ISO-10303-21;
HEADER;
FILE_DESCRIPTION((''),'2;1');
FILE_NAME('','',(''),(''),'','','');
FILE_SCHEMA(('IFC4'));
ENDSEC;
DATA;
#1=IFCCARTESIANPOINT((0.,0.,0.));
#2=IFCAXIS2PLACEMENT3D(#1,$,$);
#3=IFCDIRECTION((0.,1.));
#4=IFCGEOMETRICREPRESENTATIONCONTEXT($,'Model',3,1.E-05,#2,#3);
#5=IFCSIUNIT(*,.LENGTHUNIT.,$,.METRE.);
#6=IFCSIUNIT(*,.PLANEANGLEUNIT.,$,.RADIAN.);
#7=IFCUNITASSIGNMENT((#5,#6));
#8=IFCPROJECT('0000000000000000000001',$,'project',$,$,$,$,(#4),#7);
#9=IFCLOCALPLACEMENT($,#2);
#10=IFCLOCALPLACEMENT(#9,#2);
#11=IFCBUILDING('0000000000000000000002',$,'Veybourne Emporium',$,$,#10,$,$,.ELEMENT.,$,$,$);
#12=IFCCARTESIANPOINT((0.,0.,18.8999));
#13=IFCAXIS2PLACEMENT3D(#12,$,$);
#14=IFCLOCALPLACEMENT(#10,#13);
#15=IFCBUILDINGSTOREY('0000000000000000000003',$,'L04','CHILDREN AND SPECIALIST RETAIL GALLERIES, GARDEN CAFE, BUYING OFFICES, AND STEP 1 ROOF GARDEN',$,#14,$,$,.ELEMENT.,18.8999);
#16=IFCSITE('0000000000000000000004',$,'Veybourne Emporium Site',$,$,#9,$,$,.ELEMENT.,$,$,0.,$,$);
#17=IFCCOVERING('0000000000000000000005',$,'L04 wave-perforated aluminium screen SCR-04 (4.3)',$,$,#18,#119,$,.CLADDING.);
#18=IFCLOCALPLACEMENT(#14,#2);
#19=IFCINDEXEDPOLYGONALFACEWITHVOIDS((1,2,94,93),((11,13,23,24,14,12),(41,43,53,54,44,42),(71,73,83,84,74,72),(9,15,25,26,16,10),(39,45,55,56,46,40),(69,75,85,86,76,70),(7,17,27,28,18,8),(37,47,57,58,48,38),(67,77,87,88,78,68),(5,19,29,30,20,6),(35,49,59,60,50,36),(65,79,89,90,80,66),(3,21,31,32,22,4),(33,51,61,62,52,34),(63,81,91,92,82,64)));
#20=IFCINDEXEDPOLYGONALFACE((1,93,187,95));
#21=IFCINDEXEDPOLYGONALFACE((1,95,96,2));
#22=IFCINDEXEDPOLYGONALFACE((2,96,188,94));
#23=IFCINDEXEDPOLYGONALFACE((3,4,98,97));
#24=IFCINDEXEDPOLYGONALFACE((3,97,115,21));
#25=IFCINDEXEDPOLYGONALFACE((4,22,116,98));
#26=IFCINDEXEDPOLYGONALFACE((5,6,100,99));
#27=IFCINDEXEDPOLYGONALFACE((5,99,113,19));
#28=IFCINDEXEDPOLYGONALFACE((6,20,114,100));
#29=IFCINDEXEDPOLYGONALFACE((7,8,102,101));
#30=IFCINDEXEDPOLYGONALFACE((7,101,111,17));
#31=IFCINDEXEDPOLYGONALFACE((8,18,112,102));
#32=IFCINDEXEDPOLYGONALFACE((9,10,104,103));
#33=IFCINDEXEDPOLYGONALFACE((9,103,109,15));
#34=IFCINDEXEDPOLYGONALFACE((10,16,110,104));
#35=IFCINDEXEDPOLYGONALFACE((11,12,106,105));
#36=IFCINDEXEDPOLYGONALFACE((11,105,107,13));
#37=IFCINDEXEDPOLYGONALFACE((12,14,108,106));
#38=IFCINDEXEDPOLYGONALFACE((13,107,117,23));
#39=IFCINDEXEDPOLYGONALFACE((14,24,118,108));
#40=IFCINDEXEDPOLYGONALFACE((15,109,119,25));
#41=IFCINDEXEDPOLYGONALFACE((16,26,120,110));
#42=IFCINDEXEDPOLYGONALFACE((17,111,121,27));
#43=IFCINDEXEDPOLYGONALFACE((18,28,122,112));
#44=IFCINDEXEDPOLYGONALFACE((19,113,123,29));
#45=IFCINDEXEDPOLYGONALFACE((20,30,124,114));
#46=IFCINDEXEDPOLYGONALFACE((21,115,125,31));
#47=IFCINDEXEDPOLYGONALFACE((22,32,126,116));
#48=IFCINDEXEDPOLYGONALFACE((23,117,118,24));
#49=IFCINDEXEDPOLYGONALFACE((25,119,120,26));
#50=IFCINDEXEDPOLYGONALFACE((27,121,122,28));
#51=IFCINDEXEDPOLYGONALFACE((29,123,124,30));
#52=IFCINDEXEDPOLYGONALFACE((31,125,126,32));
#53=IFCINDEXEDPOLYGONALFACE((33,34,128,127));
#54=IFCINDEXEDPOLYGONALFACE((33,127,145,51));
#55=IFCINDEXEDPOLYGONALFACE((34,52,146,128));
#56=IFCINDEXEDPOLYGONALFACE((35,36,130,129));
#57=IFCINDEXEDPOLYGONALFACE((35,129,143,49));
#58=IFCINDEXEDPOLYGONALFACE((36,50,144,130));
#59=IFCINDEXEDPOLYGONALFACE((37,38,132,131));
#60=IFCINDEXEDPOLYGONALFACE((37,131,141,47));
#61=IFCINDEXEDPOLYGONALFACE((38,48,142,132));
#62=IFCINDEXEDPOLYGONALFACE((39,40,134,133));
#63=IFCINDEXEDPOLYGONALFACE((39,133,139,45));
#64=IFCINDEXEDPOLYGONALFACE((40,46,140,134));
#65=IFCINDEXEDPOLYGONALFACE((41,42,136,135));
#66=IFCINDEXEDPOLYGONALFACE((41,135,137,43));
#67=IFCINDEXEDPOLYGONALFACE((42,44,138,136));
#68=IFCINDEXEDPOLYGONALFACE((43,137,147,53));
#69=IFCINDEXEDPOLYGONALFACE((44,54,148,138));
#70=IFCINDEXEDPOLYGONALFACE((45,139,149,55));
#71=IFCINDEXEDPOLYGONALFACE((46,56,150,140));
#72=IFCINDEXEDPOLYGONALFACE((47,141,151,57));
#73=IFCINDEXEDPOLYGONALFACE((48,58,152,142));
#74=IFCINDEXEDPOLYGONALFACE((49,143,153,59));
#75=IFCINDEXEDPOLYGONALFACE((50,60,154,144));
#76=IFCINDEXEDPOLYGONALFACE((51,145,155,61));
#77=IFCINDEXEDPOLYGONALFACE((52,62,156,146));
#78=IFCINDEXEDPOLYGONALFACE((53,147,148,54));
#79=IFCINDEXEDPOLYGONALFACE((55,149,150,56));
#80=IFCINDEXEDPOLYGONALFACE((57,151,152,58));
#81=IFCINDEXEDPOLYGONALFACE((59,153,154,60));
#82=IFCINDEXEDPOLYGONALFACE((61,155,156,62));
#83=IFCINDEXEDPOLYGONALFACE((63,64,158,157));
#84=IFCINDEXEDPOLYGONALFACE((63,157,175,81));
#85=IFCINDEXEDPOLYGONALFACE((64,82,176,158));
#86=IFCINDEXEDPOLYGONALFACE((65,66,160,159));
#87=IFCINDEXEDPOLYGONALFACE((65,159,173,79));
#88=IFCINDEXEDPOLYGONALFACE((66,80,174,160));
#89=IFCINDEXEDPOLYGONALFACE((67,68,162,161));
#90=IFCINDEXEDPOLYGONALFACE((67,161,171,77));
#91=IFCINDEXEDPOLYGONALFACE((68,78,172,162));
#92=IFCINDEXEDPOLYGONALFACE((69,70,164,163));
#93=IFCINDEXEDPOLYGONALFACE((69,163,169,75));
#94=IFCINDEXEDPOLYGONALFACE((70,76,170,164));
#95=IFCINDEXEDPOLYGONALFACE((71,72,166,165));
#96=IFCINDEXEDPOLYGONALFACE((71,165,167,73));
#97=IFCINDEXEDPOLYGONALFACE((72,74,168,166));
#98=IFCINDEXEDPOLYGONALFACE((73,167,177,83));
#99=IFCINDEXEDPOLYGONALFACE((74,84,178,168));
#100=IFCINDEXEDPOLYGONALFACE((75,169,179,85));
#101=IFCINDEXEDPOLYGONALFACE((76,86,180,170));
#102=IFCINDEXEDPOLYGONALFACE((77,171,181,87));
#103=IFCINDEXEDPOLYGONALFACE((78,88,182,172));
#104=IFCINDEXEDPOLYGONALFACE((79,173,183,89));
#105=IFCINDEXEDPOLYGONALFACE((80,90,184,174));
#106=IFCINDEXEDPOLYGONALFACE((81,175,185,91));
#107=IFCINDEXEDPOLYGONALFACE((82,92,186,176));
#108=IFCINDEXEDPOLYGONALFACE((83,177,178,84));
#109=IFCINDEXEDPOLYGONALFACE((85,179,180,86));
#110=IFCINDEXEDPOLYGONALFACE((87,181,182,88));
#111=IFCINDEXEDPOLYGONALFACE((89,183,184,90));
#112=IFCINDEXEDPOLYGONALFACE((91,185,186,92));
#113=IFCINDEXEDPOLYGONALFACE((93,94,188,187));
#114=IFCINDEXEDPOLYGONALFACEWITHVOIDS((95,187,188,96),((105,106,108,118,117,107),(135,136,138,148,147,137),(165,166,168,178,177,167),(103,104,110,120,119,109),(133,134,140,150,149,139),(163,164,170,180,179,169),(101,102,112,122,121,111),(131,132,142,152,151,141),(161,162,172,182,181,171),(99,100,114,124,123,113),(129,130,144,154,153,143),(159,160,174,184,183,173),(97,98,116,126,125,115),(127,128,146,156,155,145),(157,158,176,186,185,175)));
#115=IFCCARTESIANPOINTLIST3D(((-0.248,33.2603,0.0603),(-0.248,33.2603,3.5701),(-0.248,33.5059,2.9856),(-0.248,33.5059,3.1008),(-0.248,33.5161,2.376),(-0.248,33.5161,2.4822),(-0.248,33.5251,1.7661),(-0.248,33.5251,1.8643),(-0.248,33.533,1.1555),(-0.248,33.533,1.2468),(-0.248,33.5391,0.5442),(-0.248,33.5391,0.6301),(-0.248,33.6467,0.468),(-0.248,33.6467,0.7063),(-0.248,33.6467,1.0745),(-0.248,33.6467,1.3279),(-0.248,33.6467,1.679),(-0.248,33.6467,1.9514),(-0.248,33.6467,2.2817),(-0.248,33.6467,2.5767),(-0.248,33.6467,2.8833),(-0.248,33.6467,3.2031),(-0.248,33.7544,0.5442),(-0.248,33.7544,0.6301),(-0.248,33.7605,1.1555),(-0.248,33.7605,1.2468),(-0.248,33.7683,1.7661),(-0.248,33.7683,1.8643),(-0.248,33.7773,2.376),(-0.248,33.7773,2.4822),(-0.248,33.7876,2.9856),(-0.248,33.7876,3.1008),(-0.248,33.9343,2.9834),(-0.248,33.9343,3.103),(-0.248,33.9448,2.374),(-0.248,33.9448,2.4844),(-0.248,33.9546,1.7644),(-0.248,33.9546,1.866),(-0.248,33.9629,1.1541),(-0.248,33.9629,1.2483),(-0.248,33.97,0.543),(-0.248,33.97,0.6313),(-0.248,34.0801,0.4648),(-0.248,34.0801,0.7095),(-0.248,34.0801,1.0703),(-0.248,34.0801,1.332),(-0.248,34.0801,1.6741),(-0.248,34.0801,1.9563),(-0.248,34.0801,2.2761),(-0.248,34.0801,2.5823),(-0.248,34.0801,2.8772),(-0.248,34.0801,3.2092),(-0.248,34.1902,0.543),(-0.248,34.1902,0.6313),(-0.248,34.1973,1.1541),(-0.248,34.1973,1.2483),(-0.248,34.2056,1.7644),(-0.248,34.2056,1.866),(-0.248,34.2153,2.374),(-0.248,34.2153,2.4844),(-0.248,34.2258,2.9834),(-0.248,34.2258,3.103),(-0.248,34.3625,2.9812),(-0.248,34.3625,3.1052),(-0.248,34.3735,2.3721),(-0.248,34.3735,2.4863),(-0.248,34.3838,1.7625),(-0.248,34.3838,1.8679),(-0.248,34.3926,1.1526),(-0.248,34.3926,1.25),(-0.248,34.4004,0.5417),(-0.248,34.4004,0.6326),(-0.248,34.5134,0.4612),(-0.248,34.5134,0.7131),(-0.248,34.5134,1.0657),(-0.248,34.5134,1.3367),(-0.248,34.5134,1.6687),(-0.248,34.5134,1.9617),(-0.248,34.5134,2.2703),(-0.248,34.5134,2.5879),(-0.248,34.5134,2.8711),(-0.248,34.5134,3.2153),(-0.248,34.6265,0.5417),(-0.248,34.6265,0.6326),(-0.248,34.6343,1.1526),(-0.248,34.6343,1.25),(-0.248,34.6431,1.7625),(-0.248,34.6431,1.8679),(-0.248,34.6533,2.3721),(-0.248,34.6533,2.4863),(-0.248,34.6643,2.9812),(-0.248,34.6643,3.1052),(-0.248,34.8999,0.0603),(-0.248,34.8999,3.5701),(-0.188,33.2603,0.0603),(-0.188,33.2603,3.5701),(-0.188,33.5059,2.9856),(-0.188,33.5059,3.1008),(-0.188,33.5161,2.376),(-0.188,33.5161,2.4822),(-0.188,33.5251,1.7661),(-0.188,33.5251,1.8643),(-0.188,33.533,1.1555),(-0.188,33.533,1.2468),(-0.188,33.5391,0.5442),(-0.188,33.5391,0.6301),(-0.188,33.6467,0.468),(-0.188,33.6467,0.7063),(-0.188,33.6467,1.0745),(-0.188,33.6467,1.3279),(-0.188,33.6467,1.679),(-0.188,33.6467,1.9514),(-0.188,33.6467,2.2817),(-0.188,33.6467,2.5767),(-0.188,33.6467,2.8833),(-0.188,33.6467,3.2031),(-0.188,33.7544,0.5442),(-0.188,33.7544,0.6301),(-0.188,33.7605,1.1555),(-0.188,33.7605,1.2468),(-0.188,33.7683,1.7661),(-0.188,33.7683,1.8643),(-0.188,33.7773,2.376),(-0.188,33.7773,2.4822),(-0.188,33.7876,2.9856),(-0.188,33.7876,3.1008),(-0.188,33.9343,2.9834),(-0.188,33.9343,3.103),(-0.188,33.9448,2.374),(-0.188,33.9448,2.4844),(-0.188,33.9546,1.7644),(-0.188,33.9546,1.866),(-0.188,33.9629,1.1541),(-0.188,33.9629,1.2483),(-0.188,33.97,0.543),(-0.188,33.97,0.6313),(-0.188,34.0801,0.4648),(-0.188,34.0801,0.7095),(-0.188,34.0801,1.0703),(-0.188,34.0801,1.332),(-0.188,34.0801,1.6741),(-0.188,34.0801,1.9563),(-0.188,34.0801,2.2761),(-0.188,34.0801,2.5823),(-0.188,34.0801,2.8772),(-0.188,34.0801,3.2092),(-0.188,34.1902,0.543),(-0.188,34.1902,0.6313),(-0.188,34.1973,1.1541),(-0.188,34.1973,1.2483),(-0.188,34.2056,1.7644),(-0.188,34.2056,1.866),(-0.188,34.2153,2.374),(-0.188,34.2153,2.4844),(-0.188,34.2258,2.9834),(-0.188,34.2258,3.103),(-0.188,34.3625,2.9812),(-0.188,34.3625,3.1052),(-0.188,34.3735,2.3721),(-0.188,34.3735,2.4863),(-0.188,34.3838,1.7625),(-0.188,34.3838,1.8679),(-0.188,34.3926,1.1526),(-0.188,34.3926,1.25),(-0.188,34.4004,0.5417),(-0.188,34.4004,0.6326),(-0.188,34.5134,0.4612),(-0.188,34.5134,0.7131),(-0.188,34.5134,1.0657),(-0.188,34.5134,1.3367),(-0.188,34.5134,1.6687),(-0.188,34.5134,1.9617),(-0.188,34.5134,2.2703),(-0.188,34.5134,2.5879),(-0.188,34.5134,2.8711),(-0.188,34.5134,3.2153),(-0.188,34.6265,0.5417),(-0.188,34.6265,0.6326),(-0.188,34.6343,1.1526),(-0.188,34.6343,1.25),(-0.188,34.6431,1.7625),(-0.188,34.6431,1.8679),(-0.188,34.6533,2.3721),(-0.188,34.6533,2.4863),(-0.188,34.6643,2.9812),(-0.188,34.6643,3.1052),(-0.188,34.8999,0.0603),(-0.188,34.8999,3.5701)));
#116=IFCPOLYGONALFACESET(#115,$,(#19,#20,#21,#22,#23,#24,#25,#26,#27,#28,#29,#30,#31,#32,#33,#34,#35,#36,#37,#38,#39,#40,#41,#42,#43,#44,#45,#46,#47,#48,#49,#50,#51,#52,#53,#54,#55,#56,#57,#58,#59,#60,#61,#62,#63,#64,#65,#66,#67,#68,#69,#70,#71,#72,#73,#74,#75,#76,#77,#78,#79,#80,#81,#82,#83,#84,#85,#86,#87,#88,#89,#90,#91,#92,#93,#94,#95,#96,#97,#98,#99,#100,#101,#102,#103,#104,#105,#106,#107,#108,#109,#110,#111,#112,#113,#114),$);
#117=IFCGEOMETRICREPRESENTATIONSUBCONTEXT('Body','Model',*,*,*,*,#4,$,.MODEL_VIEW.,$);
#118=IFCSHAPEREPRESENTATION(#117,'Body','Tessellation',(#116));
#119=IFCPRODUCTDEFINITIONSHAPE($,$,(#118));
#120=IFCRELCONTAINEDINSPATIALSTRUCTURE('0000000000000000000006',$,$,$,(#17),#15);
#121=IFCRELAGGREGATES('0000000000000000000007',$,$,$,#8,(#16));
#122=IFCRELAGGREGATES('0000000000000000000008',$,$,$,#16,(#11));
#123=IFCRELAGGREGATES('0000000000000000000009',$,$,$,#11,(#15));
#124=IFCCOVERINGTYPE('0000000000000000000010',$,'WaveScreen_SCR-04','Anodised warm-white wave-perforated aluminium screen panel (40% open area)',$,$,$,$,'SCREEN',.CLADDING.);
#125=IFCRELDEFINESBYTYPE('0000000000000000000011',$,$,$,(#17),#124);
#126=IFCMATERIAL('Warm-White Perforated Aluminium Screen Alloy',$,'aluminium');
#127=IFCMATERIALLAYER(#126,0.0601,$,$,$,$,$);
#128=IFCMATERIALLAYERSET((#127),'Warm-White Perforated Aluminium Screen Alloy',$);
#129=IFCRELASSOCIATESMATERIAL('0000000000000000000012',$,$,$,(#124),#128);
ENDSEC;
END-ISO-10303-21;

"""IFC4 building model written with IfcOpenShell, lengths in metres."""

from ifc_helpers import new_model, si_unit, direction, frame, origin, place, context, subcontext, project, spatial, polyline, outline, extrude, material, layer, layer_set, type_object, element, save


model = new_model("IFC4")

# Units and contexts
model_context = context("Model", 3, precision=1e-05, world=origin(), true_north=direction((0.0, 1.0)))
body_context = subcontext(model_context, "Body", "Model", "MODEL_VIEW")
ifc_project = project(units=[si_unit("LENGTHUNIT", "METRE"), si_unit("PLANEANGLEUNIT", "RADIAN")], contexts=[model_context])

# Site, building, storey
site_placement = place(None, origin())
site = spatial("IfcSite", under=ifc_project, at=site_placement, Name="Veybourne Emporium Site", CompositionType="ELEMENT", RefElevation=0.0)
building_placement = place(site_placement, origin())
building = spatial("IfcBuilding", under=site, at=building_placement, Name="Veybourne Emporium", CompositionType="ELEMENT")
storey_placement = place(building_placement, frame((0.0, 0.0, 18.8999)))
storey = spatial("IfcBuildingStorey", under=building, at=storey_placement, Name="L04", Description="CHILDREN AND SPECIALIST RETAIL GALLERIES, GARDEN CAFE, BUYING OFFICES, AND STEP 1 ROOF GARDEN", CompositionType="ELEMENT", Elevation=18.8999)

# Covering
ifc_material_1 = material(Name="Warm-White Perforated Aluminium Screen Alloy", Category="aluminium")
ifc_layer_1 = layer(ifc_material_1, 0.0601)
ifc_layer_set_1 = layer_set([ifc_layer_1], Name="Warm-White Perforated Aluminium Screen Alloy")
covering_type_1 = type_object("IfcCoveringType", Name="WaveScreen_SCR-04", Description="Anodised warm-white wave-perforated aluminium screen panel (40% open area)", ElementType="SCREEN", PredefinedType="CLADDING", material=ifc_layer_set_1)
covering_1_placement = place(storey_placement, frame((-0.248, 34.0801, 1.8152), z_axis=(1.0, 0.0, 0.0), x_axis=(0.0, 1.0, 0.0)))
element("IfcCovering", 1, at=covering_1_placement, inside=storey, type_object=covering_type_1, Name="L04 wave-perforated aluminium screen SCR-04 (4.3)", PredefinedType="CLADDING", context=body_context, shape_type="SweptSolid", body=[
    extrude(outline(polyline([(-0.8198, -1.7549), (0.8198, -1.7549), (0.8198, 1.7549), (-0.8198, 1.7549), (-0.8198, -1.7549)]), holes=[polyline([(-0.4333, -1.1089), (-0.3257, -1.1851), (-0.3257, -1.271), (-0.4333, -1.3472), (-0.541, -1.271), (-0.541, -1.1851), (-0.4333, -1.1089)]), polyline([(-0.4333, -0.4873), (-0.3196, -0.5684), (-0.3196, -0.6597), (-0.4333, -0.7407), (-0.5471, -0.6597), (-0.5471, -0.5684), (-0.4333, -0.4873)]), polyline([(-0.4333, 0.1362), (-0.3118, 0.0491), (-0.3118, -0.0491), (-0.4333, -0.1362), (-0.5549, -0.0491), (-0.5549, 0.0491), (-0.4333, 0.1362)]), polyline([(-0.4333, 0.7615), (-0.3027, 0.667), (-0.3027, 0.5608), (-0.4333, 0.4666), (-0.564, 0.5608), (-0.564, 0.667), (-0.4333, 0.7615)]), polyline([(-0.4333, 1.3879), (-0.2925, 1.2856), (-0.2925, 1.1704), (-0.4333, 1.0681), (-0.5742, 1.1704), (-0.5742, 1.2856), (-0.4333, 1.3879)]), polyline([(0.0, -1.1057), (0.1101, -1.1838), (0.1101, -1.2722), (0.0, -1.3503), (-0.1101, -1.2722), (-0.1101, -1.1838), (0.0, -1.1057)]), polyline([(0.0, -0.4832), (0.1172, -0.5669), (0.1172, -0.6611), (0.0, -0.7449), (-0.1172, -0.6611), (-0.1172, -0.5669), (0.0, -0.4832)]), polyline([(0.0, 0.1411), (0.1255, 0.0508), (0.1255, -0.0508), (0.0, -0.1411), (-0.1255, -0.0508), (-0.1255, 0.0508), (0.0, 0.1411)]), polyline([(0.0, 0.7671), (0.1353, 0.6692), (0.1353, 0.5588), (0.0, 0.4609), (-0.1353, 0.5588), (-0.1353, 0.6692), (0.0, 0.7671)]), polyline([(0.0, 1.394), (0.1458, 1.2878), (0.1458, 1.1682), (0.0, 1.062), (-0.1458, 1.1682), (-0.1458, 1.2878), (0.0, 1.394)]), polyline([(0.4333, -1.1021), (0.5464, -1.1826), (0.5464, -1.2734), (0.4333, -1.354), (0.3203, -1.2734), (0.3203, -1.1826), (0.4333, -1.1021)]), polyline([(0.4333, -0.4785), (0.5542, -0.5652), (0.5542, -0.6626), (0.4333, -0.7495), (0.3125, -0.6626), (0.3125, -0.5652), (0.4333, -0.4785)]), polyline([(0.4333, 0.1465), (0.563, 0.0527), (0.563, -0.0527), (0.4333, -0.1465), (0.3037, -0.0527), (0.3037, 0.0527), (0.4333, 0.1465)]), polyline([(0.4333, 0.7727), (0.5732, 0.6711), (0.5732, 0.5569), (0.4333, 0.4551), (0.2935, 0.5569), (0.2935, 0.6711), (0.4333, 0.7727)]), polyline([(0.4333, 1.4001), (0.5842, 1.29), (0.5842, 1.166), (0.4333, 1.0559), (0.2825, 1.166), (0.2825, 1.29), (0.4333, 1.4001)])]), origin(), (0.0, 0.0, 1.0), 0.0601),
])

save(model, "model.ifc")
